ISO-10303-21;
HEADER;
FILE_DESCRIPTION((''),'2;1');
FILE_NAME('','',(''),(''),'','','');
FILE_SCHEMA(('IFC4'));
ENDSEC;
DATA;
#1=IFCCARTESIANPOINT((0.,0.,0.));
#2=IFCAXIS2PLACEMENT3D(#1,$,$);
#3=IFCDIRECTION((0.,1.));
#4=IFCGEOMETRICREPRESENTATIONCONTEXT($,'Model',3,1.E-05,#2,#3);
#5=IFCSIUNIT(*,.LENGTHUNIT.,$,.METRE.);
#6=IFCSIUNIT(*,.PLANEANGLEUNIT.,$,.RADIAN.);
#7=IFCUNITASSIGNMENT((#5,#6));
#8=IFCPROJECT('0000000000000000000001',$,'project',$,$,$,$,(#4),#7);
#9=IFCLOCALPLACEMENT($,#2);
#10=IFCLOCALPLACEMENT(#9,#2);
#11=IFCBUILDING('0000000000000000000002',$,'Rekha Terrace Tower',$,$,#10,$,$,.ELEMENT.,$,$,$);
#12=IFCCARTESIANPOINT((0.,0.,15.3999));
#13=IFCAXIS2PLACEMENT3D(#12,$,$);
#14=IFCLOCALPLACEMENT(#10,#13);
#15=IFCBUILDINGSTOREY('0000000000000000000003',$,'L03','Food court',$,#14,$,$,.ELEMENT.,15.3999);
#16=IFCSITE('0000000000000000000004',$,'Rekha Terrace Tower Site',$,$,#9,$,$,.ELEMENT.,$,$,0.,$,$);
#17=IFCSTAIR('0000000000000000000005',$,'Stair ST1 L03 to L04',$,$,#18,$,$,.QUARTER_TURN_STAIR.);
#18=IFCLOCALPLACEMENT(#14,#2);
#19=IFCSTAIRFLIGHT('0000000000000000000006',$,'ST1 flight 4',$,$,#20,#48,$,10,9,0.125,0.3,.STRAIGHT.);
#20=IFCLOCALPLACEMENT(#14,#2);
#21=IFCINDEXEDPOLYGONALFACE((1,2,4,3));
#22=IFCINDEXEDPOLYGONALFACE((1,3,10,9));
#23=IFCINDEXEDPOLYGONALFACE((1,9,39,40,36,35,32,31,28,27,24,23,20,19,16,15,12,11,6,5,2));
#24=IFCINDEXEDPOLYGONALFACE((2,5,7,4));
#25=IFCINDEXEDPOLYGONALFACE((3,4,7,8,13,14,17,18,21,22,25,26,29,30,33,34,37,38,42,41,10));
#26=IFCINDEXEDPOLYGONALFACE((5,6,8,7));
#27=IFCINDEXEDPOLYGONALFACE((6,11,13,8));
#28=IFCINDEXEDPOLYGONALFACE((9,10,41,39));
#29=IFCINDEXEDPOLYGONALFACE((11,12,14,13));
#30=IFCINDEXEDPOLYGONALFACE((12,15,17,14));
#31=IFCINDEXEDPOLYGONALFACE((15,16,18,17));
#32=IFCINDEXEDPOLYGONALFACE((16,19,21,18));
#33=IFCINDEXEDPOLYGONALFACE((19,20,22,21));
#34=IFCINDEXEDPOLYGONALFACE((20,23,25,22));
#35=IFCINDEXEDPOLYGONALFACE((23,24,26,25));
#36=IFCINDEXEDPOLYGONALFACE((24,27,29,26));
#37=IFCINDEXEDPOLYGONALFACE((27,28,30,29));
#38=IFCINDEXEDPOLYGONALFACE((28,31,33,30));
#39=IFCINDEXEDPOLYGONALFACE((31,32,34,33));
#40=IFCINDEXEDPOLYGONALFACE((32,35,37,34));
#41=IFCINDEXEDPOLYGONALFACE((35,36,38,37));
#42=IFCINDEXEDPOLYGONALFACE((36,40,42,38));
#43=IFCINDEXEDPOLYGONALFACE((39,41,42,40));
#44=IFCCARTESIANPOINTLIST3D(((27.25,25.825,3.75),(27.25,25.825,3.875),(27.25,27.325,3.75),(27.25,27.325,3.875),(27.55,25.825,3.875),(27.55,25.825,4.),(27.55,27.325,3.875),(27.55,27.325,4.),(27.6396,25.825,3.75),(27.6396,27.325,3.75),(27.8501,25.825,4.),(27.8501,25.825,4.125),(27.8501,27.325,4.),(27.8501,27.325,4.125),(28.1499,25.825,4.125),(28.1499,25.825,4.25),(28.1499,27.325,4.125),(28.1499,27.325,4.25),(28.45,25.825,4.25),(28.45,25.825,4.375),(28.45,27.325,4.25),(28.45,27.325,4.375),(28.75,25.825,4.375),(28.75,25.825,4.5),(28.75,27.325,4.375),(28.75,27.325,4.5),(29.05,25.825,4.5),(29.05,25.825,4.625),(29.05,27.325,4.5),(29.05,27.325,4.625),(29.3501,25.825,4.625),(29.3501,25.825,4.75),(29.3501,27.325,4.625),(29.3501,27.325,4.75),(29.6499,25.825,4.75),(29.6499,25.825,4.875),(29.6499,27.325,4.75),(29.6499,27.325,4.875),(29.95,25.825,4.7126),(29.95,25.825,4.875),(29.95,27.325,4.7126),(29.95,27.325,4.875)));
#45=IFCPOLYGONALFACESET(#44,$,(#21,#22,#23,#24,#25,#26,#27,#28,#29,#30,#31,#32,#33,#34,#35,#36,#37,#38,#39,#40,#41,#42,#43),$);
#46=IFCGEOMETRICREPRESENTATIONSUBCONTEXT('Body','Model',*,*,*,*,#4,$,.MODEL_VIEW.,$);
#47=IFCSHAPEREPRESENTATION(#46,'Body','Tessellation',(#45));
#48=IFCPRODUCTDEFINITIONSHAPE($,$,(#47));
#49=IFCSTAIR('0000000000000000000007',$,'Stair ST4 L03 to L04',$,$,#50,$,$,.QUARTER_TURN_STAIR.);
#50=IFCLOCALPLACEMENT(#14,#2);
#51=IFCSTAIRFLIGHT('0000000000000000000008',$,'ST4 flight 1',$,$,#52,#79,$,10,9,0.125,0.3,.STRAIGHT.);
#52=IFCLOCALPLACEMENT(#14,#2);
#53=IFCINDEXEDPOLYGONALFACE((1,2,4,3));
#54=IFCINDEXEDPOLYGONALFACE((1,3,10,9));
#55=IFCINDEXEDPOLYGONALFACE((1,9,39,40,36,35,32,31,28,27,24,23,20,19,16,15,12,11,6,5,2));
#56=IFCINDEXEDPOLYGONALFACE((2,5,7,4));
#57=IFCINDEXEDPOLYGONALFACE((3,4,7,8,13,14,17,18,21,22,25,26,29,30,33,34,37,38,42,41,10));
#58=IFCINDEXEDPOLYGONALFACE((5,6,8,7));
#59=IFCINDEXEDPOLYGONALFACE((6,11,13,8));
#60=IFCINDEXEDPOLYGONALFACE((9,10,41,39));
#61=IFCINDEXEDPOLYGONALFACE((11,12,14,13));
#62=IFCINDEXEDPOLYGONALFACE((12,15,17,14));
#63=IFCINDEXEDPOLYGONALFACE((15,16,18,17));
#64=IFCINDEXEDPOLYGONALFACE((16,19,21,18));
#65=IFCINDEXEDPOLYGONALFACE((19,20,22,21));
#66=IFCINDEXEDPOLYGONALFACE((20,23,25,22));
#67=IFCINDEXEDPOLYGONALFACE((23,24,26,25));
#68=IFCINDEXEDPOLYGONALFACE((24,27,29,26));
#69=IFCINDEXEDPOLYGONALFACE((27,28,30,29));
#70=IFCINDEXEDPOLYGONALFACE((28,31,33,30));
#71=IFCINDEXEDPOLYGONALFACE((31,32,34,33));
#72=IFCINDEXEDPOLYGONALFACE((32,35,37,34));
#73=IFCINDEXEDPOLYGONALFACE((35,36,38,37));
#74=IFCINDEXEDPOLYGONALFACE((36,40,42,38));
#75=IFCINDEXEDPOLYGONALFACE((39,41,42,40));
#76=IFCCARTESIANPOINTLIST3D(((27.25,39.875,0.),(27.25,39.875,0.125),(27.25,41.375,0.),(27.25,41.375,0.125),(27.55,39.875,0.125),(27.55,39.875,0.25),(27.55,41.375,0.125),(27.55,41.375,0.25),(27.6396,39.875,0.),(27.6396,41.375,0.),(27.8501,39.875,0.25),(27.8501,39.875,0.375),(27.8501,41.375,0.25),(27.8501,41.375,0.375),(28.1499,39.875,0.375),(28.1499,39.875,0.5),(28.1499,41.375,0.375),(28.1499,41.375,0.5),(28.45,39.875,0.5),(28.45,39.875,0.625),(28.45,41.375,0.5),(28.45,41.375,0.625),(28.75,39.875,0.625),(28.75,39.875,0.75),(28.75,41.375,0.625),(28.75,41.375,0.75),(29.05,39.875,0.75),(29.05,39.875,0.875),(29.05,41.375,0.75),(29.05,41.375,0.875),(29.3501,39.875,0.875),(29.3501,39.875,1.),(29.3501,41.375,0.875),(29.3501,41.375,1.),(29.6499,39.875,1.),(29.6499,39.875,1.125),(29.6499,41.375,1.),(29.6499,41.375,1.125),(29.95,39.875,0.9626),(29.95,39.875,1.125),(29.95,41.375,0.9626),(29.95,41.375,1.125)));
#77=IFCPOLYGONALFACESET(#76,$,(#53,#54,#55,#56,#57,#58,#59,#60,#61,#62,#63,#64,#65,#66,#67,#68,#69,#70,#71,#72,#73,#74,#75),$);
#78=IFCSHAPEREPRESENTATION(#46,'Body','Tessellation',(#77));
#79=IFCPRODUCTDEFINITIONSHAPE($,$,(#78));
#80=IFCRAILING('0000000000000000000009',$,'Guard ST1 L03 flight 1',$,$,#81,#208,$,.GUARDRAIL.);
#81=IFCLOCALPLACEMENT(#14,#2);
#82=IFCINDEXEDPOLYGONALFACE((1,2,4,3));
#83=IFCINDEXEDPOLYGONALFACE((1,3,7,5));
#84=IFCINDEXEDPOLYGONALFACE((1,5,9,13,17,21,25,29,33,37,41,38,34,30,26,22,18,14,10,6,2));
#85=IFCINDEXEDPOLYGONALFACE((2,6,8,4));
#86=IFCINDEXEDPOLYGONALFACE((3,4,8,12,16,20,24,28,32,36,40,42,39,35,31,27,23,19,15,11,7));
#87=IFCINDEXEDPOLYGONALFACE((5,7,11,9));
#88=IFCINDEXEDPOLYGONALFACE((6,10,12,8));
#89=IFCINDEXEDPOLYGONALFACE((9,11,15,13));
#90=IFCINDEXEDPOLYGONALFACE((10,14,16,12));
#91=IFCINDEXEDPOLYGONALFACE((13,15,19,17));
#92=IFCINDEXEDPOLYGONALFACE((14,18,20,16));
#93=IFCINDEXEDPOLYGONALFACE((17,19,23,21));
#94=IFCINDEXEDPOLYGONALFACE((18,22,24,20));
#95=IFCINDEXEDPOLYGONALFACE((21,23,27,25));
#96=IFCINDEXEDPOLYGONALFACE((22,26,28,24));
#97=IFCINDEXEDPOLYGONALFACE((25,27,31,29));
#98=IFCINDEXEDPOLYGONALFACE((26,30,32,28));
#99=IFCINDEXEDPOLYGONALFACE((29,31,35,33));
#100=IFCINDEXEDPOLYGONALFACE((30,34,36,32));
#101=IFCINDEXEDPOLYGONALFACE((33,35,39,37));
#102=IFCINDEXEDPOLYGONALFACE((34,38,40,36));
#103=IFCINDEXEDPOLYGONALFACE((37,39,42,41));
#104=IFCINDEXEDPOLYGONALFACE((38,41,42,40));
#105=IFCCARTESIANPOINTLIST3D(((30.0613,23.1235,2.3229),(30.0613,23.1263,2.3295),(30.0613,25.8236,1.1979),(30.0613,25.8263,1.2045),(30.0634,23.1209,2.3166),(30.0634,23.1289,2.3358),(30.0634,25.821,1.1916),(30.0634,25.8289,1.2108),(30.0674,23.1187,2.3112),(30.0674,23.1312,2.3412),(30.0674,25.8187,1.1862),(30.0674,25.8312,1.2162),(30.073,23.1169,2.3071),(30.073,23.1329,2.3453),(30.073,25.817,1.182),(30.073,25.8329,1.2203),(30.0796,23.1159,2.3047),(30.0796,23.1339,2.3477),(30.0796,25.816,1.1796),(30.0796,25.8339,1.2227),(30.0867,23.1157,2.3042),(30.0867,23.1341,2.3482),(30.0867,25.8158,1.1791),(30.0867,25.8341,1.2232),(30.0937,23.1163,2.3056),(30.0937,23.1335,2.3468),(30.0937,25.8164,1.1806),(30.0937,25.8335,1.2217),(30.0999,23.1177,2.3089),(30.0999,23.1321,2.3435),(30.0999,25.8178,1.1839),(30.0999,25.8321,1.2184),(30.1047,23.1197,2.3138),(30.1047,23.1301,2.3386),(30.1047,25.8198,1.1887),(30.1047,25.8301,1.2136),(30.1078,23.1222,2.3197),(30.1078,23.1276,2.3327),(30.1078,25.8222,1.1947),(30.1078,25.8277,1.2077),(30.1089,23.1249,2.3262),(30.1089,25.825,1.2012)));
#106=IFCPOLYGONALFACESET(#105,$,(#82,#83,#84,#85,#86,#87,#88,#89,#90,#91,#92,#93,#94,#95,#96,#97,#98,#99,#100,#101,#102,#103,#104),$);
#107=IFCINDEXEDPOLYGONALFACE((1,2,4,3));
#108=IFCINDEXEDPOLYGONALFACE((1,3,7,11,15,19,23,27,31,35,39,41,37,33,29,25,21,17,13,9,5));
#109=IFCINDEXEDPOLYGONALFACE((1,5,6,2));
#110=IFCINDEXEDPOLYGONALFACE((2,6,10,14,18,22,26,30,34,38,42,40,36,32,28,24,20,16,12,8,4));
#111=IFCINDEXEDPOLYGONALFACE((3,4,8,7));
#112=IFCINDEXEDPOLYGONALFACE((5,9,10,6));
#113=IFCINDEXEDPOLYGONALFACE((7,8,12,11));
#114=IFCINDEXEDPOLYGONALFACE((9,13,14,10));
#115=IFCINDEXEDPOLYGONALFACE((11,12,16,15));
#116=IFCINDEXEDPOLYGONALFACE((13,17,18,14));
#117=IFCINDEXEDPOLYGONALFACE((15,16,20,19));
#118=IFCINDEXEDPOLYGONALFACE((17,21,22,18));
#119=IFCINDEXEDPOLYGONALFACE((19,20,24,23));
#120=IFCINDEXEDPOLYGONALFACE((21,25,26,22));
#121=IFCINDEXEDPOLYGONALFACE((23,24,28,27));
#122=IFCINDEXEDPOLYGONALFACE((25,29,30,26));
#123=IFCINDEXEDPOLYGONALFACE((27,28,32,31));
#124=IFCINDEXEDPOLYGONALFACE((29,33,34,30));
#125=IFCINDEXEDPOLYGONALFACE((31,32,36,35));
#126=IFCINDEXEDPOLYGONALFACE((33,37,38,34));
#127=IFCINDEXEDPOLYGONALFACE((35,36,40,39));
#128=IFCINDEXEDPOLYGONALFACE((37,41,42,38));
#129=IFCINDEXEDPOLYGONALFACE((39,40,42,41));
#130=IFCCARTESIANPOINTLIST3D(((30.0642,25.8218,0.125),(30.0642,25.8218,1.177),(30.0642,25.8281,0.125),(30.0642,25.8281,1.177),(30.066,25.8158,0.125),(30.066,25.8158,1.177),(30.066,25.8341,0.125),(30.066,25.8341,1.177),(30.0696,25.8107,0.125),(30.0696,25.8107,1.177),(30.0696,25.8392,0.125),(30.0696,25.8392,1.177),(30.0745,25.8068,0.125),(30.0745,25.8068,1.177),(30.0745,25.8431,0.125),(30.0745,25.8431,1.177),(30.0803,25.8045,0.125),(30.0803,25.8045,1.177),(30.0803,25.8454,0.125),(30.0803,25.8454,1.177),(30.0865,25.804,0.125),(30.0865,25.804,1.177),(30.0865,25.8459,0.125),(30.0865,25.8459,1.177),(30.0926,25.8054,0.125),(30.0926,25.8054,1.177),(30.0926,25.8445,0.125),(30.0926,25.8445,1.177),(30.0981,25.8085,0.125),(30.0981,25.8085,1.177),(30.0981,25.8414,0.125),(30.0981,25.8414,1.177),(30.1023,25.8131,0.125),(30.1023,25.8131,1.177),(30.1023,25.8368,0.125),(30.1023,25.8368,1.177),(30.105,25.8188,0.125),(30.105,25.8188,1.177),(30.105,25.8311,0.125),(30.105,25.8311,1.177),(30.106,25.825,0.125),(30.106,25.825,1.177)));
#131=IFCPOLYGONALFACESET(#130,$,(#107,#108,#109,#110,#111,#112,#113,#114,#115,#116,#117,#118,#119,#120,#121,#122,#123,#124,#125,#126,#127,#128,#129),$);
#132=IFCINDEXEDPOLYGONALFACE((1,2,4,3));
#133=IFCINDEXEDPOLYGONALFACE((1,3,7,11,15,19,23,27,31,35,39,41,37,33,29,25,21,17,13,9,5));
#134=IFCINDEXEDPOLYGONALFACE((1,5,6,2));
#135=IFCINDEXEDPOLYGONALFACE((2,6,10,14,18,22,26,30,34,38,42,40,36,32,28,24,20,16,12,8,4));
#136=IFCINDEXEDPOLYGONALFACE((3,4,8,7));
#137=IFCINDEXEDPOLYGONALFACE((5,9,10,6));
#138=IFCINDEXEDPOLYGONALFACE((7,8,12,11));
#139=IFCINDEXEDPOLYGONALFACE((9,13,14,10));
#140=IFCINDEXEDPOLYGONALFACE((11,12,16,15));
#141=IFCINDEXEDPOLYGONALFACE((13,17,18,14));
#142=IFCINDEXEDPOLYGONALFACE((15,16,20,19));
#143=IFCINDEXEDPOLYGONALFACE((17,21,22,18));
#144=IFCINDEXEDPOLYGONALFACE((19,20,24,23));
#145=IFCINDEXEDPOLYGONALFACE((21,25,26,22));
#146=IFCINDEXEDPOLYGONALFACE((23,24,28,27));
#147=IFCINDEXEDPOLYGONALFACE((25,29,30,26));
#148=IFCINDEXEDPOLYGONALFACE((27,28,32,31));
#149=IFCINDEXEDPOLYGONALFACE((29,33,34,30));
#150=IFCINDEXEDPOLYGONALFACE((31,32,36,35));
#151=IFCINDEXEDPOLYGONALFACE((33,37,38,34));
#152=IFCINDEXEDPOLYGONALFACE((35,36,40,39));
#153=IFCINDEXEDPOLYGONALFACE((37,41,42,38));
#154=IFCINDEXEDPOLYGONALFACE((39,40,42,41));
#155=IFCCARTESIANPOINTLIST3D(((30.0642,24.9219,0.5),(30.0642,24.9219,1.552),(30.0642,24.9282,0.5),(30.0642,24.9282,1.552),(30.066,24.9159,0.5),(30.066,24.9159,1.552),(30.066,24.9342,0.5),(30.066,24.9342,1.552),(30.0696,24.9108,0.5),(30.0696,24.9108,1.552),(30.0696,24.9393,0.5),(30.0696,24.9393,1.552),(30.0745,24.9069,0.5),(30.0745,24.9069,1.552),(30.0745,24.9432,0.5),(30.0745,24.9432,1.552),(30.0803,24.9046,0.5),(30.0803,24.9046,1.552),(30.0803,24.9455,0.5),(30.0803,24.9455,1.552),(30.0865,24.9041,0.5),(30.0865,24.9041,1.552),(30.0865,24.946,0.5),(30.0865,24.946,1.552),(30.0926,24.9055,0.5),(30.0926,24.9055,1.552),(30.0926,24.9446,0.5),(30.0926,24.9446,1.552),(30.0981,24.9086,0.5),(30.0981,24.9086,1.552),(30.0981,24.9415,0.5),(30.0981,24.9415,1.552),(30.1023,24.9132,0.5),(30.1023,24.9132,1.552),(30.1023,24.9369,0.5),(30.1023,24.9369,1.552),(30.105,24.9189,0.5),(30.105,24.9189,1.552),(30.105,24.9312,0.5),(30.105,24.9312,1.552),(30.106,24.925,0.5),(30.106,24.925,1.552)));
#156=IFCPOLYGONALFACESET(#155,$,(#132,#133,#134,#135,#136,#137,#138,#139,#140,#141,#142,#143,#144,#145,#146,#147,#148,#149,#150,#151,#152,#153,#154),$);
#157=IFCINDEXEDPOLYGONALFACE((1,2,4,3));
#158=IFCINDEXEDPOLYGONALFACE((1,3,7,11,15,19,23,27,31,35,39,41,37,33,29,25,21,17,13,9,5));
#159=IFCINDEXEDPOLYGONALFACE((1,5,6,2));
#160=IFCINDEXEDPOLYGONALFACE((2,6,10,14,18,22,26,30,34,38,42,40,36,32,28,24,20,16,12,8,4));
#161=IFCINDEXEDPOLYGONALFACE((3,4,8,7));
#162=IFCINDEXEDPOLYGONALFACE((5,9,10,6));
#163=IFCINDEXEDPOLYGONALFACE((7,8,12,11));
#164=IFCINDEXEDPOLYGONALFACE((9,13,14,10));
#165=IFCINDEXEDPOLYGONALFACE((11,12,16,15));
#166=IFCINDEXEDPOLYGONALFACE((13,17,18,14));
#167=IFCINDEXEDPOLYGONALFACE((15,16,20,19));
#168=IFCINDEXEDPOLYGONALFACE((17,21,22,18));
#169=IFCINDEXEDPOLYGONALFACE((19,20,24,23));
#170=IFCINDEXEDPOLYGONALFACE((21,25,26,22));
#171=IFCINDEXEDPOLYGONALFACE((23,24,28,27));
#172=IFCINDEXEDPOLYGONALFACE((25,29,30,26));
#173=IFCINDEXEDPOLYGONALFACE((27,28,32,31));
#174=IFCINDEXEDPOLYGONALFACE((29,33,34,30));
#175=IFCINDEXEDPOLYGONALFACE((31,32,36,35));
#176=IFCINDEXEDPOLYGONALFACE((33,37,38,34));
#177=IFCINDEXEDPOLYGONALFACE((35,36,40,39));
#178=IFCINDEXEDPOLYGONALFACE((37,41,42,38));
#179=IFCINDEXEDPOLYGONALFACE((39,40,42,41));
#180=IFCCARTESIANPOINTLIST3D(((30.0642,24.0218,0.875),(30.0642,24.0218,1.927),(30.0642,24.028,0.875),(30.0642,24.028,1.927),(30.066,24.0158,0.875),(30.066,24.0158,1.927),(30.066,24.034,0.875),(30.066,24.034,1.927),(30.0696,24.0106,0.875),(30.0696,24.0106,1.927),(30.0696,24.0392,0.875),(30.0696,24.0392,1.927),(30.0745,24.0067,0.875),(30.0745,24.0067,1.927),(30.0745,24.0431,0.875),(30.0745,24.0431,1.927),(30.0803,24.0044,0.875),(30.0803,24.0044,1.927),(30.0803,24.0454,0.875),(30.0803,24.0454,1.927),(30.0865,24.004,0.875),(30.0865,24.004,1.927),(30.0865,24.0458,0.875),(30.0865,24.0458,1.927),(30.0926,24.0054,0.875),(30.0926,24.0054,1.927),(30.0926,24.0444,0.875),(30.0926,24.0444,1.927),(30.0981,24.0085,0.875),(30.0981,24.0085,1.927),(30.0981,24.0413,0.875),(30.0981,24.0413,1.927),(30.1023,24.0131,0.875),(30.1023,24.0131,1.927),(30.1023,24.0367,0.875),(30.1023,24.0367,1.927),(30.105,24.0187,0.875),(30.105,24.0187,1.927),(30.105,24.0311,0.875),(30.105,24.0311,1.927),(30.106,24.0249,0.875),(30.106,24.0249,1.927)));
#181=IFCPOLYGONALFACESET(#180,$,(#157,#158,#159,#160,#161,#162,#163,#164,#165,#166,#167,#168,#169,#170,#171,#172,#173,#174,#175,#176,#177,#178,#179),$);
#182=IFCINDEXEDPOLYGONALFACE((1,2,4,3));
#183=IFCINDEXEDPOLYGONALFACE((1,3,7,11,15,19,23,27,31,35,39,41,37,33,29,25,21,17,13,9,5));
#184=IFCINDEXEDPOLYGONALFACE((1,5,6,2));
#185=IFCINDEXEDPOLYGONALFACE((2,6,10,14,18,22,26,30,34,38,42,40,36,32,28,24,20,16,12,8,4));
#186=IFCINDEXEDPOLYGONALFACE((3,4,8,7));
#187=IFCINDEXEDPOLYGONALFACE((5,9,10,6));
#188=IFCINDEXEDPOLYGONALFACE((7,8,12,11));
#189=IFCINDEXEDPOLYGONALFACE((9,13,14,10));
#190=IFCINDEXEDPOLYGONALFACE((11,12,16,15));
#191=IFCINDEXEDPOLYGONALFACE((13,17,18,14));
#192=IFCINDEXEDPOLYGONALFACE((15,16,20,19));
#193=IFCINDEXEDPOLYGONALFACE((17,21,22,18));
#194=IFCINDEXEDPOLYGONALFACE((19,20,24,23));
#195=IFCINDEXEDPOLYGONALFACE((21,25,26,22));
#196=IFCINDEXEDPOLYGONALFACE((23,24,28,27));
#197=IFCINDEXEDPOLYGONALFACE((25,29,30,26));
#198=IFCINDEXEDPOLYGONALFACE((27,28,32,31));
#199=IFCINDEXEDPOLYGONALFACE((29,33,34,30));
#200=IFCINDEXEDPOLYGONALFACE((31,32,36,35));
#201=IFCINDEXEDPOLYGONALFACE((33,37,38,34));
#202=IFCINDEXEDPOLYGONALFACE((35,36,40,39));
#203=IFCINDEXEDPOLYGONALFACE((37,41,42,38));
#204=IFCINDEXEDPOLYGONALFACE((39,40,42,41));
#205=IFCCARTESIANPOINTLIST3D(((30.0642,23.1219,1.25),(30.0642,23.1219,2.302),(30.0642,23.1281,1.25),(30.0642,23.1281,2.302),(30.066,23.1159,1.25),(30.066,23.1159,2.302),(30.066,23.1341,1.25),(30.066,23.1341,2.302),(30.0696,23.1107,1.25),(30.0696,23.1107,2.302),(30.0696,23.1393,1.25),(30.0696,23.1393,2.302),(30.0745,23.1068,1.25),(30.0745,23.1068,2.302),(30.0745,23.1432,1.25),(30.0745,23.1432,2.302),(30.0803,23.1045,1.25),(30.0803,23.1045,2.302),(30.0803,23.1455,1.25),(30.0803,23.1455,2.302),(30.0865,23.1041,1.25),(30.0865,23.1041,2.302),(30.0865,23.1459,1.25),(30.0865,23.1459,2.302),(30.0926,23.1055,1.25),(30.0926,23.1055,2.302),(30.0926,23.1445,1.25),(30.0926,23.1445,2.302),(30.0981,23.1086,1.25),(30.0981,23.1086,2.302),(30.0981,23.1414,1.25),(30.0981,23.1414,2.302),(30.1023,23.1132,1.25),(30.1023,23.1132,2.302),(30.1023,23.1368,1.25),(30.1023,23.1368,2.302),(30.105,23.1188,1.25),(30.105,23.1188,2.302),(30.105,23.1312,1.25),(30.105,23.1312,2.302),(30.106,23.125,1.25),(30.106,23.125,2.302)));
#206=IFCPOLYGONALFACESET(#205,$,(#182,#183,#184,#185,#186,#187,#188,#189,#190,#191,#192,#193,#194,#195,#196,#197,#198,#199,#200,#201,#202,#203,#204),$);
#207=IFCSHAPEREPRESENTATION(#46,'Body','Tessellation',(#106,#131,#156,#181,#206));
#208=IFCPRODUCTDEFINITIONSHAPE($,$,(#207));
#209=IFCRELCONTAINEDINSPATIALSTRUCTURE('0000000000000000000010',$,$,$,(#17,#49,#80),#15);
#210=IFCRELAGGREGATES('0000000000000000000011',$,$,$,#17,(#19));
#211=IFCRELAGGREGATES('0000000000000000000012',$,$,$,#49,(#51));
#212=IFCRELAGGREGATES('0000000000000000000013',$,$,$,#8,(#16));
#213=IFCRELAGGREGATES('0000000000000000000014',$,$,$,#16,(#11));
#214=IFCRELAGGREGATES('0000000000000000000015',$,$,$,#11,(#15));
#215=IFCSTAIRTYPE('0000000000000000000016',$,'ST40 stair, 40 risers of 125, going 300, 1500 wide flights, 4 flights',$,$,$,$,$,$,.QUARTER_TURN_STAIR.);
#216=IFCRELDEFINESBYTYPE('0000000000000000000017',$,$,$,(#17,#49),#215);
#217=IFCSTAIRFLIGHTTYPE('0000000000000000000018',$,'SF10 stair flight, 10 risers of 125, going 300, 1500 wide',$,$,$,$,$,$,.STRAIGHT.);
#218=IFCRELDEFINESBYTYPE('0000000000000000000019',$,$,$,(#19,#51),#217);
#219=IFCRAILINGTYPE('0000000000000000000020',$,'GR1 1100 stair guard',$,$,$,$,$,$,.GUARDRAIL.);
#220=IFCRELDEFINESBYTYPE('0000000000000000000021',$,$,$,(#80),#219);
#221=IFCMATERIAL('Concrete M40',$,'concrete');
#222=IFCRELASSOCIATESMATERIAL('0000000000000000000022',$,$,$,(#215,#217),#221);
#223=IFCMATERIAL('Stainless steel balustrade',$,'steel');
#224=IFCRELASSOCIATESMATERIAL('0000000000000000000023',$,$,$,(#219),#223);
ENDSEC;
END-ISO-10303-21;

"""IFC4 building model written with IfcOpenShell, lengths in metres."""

from ifc_helpers import new_model, si_unit, direction, frame, origin, origin_2d, place, context, subcontext, project, spatial, polyline, circle, outline, extrude, material, type_object, element, aggregate, save


model = new_model("IFC4")

# Units and contexts
model_context = context("Model", 3, precision=1e-05, world=origin(), true_north=direction((0.0, 1.0)))
body_context = subcontext(model_context, "Body", "Model", "MODEL_VIEW")
ifc_project = project(units=[si_unit("LENGTHUNIT", "METRE"), si_unit("PLANEANGLEUNIT", "RADIAN")], contexts=[model_context])

# Site, building, storey
site_placement = place(None, origin())
site = spatial("IfcSite", under=ifc_project, at=site_placement, Name="Rekha Terrace Tower Site", CompositionType="ELEMENT", RefElevation=0.0)
building_placement = place(site_placement, origin())
building = spatial("IfcBuilding", under=site, at=building_placement, Name="Rekha Terrace Tower", CompositionType="ELEMENT")
storey_placement = place(building_placement, frame((0.0, 0.0, 15.3999)))
storey = spatial("IfcBuildingStorey", under=building, at=storey_placement, Name="L03", Description="Food court", CompositionType="ELEMENT", Elevation=15.3999)

# Stair, stair flight
ifc_material_1 = material(Name="Concrete M40", Category="concrete")
stair_type = type_object("IfcStairType", Name="ST40 stair, 40 risers of 125, going 300, 1500 wide flights, 4 flights", PredefinedType="QUARTER_TURN_STAIR", material=ifc_material_1)
stair_1_placement = place(storey_placement, origin())
stair_1 = element("IfcStair", 1, at=stair_1_placement, inside=storey, type_object=stair_type, Name="Stair ST1 L03 to L04", PredefinedType="QUARTER_TURN_STAIR")
stair_flight_type = type_object("IfcStairFlightType", Name="SF10 stair flight, 10 risers of 125, going 300, 1500 wide", PredefinedType="STRAIGHT", material=ifc_material_1)
stair_flight_1_placement = place(storey_placement, frame((27.25, 26.575, 3.75), z_axis=(0.0, 0.0, 1.0), x_axis=(1.0, 0.0, 0.0)))
stair_flight_1 = element("IfcStairFlight", 2, at=stair_flight_1_placement, type_object=stair_flight_type, Name="ST1 flight 4", NumberOfRisers=10, NumberOfTreads=9, PredefinedType="STRAIGHT", RiserHeight=0.125, TreadLength=0.3, context=body_context, shape_type="SweptSolid", body=[
    extrude(outline(polyline([(0.0, 0.0), (0.0, 0.125), (0.3, 0.125), (0.3, 0.25), (0.6001, 0.25), (0.6001, 0.375), (0.8999, 0.375), (0.8999, 0.5), (1.2, 0.5), (1.2, 0.625), (1.5, 0.625), (1.5, 0.75), (1.8, 0.75), (1.8, 0.875), (2.1001, 0.875), (2.1001, 1.0), (2.3999, 1.0), (2.3999, 1.125), (2.7, 1.125), (2.7, 1.25), (2.7, 0.9626), (0.3896, 0.0), (0.0, 0.0)])), frame((0.0, 0.75, 0.0), z_axis=(0.0, -1.0, 0.0), x_axis=(1.0, 0.0, 0.0)), (0.0, 0.0, 1.0), 1.5),
])
aggregate(stair_1, [stair_flight_1])

# Stair, stair flight
stair_2_placement = place(storey_placement, origin())
stair_2 = element("IfcStair", 3, at=stair_2_placement, inside=storey, type_object=stair_type, Name="Stair ST4 L03 to L04", PredefinedType="QUARTER_TURN_STAIR")
stair_flight_2_placement = place(storey_placement, frame((27.25, 40.625, 0.0), z_axis=(0.0, 0.0, 1.0), x_axis=(1.0, 0.0, 0.0)))
stair_flight_2 = element("IfcStairFlight", 4, at=stair_flight_2_placement, type_object=stair_flight_type, Name="ST4 flight 1", NumberOfRisers=10, NumberOfTreads=9, PredefinedType="STRAIGHT", RiserHeight=0.125, TreadLength=0.3, context=body_context, shape_type="SweptSolid", body=[
    extrude(outline(polyline([(0.0, 0.0), (0.0, 0.125), (0.3, 0.125), (0.3, 0.25), (0.6001, 0.25), (0.6001, 0.375), (0.8999, 0.375), (0.8999, 0.5), (1.2, 0.5), (1.2, 0.625), (1.5, 0.625), (1.5, 0.75), (1.8, 0.75), (1.8, 0.875), (2.1001, 0.875), (2.1001, 1.0), (2.3999, 1.0), (2.3999, 1.125), (2.7, 1.125), (2.7, 1.25), (2.7, 0.9626), (0.3896, 0.0), (0.0, 0.0)])), frame((0.0, 0.75, 0.0), z_axis=(0.0, -1.0, 0.0), x_axis=(1.0, 0.0, 0.0)), (0.0, 0.0, 1.0), 1.5),
])
aggregate(stair_2, [stair_flight_2])

# Railing
ifc_material_2 = material(Name="Stainless steel balustrade", Category="steel")
railing_type_1 = type_object("IfcRailingType", Name="GR1 1100 stair guard", PredefinedType="GUARDRAIL", material=ifc_material_2)
railing_1_placement = place(storey_placement, frame((30.085, 25.825, 0.125)))
element("IfcRailing", 5, at=railing_1_placement, inside=storey, type_object=railing_type_1, Name="Guard ST1 L03 flight 1", PredefinedType="GUARDRAIL", context=body_context, shape_type="SweptSolid", body=[
    extrude(circle(Radius=0.0239, at=origin_2d()), frame((0.0, 0.0, 1.0762), z_axis=(0.0, -0.923074, 0.384621), x_axis=(1.0, 0.0, 0.0)), (0.0, 0.0, 1.0), 2.925),
    extrude(circle(Radius=0.021, at=origin_2d()), origin(), (0.0, 0.0, 1.0), 1.052),
    extrude(circle(Radius=0.021, at=origin_2d()), frame((0.0, -0.8999, 0.375)), (0.0, 0.0, 1.0), 1.052),
    extrude(circle(Radius=0.021, at=origin_2d()), frame((0.0, -1.8, 0.75)), (0.0, 0.0, 1.0), 1.052),
    extrude(circle(Radius=0.021, at=origin_2d()), frame((0.0, -2.7, 1.125)), (0.0, 0.0, 1.0), 1.052),
])

save(model, "model.ifc")
